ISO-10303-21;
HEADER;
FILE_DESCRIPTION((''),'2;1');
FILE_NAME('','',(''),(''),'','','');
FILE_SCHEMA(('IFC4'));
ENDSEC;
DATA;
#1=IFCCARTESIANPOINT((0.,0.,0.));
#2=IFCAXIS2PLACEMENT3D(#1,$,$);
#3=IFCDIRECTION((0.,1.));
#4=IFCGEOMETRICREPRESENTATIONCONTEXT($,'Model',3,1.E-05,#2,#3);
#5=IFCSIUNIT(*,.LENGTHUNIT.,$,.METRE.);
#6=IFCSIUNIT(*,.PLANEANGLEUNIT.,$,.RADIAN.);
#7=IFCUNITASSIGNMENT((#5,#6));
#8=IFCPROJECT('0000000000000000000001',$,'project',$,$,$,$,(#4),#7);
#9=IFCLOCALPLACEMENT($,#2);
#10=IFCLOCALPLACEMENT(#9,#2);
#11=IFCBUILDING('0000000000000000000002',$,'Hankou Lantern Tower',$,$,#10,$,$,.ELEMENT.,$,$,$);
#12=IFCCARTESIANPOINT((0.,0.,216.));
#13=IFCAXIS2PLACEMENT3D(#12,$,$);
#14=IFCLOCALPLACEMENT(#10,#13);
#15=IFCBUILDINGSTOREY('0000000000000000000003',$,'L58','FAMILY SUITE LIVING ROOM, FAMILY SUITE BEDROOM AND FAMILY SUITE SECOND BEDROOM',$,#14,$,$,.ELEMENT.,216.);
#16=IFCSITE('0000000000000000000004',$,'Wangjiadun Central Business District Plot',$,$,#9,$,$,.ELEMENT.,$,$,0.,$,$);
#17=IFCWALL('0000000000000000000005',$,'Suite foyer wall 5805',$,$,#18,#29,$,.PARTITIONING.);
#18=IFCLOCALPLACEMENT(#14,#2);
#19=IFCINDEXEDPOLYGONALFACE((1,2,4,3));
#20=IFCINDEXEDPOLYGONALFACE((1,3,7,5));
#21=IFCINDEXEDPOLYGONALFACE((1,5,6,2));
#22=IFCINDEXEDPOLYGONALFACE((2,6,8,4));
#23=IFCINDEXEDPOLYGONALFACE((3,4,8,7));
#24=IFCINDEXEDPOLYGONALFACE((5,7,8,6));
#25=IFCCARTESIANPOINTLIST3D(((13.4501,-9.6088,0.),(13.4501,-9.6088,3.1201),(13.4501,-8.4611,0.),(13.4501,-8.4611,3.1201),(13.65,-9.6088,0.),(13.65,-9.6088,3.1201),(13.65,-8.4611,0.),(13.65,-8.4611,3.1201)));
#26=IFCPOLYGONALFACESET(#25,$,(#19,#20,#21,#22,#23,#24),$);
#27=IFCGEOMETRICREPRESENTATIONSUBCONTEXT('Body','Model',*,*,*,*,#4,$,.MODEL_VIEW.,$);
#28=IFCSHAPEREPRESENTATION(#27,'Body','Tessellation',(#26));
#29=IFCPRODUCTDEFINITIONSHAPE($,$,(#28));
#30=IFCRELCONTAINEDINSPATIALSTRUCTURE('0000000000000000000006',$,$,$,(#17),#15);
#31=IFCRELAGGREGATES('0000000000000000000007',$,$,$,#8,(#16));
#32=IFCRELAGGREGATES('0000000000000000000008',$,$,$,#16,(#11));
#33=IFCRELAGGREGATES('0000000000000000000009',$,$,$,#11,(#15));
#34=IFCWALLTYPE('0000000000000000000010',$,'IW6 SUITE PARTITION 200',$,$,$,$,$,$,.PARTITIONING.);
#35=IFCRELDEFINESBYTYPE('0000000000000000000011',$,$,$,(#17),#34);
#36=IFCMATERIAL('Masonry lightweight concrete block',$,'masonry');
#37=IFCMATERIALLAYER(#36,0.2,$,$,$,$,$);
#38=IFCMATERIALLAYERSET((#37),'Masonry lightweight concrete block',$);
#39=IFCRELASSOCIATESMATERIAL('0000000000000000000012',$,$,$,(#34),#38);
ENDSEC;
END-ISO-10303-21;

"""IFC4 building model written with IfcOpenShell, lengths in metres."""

from ifc_helpers import new_model, si_unit, direction, frame, frame_2d, origin, place, context, subcontext, project, spatial, rectangle, extrude, material, layer, layer_set, type_object, element, save


model = new_model("IFC4")

# Units and contexts
model_context = context("Model", 3, precision=1e-05, world=origin(), true_north=direction((0.0, 1.0)))
body_context = subcontext(model_context, "Body", "Model", "MODEL_VIEW")
ifc_project = project(units=[si_unit("LENGTHUNIT", "METRE"), si_unit("PLANEANGLEUNIT", "RADIAN")], contexts=[model_context])

# Site, building, storey
site_placement = place(None, origin())
site = spatial("IfcSite", under=ifc_project, at=site_placement, Name="Wangjiadun Central Business District Plot", CompositionType="ELEMENT", RefElevation=0.0)
building_placement = place(site_placement, origin())
building = spatial("IfcBuilding", under=site, at=building_placement, Name="Hankou Lantern Tower", CompositionType="ELEMENT")
storey_placement = place(building_placement, frame((0.0, 0.0, 216.0)))
storey = spatial("IfcBuildingStorey", under=building, at=storey_placement, Name="L58", Description="FAMILY SUITE LIVING ROOM, FAMILY SUITE BEDROOM AND FAMILY SUITE SECOND BEDROOM", CompositionType="ELEMENT", Elevation=216.0)

# Wall
ifc_material_1 = material(Name="Masonry lightweight concrete block", Category="masonry")
ifc_layer_1 = layer(ifc_material_1, 0.2)
ifc_layer_set_1 = layer_set([ifc_layer_1], Name="Masonry lightweight concrete block")
wall_type_1 = type_object("IfcWallType", Name="IW6 SUITE PARTITION 200", PredefinedType="PARTITIONING", material=ifc_layer_set_1)
wall_1_placement = place(storey_placement, frame((13.55, -9.6086, 0.0), z_axis=(0.0, 0.0, 1.0), x_axis=(0.0, 1.0, 0.0)))
element("IfcWall", 1, at=wall_1_placement, inside=storey, type_object=wall_type_1, Name="Suite foyer wall 5805", PredefinedType="PARTITIONING", context=body_context, shape_type="SweptSolid", body=[
    extrude(rectangle(XDim=1.1477, YDim=0.2, at=frame_2d((0.5737, 0.0))), origin(), (0.0, 0.0, 1.0), 3.1201),
])

save(model, "model.ifc")
